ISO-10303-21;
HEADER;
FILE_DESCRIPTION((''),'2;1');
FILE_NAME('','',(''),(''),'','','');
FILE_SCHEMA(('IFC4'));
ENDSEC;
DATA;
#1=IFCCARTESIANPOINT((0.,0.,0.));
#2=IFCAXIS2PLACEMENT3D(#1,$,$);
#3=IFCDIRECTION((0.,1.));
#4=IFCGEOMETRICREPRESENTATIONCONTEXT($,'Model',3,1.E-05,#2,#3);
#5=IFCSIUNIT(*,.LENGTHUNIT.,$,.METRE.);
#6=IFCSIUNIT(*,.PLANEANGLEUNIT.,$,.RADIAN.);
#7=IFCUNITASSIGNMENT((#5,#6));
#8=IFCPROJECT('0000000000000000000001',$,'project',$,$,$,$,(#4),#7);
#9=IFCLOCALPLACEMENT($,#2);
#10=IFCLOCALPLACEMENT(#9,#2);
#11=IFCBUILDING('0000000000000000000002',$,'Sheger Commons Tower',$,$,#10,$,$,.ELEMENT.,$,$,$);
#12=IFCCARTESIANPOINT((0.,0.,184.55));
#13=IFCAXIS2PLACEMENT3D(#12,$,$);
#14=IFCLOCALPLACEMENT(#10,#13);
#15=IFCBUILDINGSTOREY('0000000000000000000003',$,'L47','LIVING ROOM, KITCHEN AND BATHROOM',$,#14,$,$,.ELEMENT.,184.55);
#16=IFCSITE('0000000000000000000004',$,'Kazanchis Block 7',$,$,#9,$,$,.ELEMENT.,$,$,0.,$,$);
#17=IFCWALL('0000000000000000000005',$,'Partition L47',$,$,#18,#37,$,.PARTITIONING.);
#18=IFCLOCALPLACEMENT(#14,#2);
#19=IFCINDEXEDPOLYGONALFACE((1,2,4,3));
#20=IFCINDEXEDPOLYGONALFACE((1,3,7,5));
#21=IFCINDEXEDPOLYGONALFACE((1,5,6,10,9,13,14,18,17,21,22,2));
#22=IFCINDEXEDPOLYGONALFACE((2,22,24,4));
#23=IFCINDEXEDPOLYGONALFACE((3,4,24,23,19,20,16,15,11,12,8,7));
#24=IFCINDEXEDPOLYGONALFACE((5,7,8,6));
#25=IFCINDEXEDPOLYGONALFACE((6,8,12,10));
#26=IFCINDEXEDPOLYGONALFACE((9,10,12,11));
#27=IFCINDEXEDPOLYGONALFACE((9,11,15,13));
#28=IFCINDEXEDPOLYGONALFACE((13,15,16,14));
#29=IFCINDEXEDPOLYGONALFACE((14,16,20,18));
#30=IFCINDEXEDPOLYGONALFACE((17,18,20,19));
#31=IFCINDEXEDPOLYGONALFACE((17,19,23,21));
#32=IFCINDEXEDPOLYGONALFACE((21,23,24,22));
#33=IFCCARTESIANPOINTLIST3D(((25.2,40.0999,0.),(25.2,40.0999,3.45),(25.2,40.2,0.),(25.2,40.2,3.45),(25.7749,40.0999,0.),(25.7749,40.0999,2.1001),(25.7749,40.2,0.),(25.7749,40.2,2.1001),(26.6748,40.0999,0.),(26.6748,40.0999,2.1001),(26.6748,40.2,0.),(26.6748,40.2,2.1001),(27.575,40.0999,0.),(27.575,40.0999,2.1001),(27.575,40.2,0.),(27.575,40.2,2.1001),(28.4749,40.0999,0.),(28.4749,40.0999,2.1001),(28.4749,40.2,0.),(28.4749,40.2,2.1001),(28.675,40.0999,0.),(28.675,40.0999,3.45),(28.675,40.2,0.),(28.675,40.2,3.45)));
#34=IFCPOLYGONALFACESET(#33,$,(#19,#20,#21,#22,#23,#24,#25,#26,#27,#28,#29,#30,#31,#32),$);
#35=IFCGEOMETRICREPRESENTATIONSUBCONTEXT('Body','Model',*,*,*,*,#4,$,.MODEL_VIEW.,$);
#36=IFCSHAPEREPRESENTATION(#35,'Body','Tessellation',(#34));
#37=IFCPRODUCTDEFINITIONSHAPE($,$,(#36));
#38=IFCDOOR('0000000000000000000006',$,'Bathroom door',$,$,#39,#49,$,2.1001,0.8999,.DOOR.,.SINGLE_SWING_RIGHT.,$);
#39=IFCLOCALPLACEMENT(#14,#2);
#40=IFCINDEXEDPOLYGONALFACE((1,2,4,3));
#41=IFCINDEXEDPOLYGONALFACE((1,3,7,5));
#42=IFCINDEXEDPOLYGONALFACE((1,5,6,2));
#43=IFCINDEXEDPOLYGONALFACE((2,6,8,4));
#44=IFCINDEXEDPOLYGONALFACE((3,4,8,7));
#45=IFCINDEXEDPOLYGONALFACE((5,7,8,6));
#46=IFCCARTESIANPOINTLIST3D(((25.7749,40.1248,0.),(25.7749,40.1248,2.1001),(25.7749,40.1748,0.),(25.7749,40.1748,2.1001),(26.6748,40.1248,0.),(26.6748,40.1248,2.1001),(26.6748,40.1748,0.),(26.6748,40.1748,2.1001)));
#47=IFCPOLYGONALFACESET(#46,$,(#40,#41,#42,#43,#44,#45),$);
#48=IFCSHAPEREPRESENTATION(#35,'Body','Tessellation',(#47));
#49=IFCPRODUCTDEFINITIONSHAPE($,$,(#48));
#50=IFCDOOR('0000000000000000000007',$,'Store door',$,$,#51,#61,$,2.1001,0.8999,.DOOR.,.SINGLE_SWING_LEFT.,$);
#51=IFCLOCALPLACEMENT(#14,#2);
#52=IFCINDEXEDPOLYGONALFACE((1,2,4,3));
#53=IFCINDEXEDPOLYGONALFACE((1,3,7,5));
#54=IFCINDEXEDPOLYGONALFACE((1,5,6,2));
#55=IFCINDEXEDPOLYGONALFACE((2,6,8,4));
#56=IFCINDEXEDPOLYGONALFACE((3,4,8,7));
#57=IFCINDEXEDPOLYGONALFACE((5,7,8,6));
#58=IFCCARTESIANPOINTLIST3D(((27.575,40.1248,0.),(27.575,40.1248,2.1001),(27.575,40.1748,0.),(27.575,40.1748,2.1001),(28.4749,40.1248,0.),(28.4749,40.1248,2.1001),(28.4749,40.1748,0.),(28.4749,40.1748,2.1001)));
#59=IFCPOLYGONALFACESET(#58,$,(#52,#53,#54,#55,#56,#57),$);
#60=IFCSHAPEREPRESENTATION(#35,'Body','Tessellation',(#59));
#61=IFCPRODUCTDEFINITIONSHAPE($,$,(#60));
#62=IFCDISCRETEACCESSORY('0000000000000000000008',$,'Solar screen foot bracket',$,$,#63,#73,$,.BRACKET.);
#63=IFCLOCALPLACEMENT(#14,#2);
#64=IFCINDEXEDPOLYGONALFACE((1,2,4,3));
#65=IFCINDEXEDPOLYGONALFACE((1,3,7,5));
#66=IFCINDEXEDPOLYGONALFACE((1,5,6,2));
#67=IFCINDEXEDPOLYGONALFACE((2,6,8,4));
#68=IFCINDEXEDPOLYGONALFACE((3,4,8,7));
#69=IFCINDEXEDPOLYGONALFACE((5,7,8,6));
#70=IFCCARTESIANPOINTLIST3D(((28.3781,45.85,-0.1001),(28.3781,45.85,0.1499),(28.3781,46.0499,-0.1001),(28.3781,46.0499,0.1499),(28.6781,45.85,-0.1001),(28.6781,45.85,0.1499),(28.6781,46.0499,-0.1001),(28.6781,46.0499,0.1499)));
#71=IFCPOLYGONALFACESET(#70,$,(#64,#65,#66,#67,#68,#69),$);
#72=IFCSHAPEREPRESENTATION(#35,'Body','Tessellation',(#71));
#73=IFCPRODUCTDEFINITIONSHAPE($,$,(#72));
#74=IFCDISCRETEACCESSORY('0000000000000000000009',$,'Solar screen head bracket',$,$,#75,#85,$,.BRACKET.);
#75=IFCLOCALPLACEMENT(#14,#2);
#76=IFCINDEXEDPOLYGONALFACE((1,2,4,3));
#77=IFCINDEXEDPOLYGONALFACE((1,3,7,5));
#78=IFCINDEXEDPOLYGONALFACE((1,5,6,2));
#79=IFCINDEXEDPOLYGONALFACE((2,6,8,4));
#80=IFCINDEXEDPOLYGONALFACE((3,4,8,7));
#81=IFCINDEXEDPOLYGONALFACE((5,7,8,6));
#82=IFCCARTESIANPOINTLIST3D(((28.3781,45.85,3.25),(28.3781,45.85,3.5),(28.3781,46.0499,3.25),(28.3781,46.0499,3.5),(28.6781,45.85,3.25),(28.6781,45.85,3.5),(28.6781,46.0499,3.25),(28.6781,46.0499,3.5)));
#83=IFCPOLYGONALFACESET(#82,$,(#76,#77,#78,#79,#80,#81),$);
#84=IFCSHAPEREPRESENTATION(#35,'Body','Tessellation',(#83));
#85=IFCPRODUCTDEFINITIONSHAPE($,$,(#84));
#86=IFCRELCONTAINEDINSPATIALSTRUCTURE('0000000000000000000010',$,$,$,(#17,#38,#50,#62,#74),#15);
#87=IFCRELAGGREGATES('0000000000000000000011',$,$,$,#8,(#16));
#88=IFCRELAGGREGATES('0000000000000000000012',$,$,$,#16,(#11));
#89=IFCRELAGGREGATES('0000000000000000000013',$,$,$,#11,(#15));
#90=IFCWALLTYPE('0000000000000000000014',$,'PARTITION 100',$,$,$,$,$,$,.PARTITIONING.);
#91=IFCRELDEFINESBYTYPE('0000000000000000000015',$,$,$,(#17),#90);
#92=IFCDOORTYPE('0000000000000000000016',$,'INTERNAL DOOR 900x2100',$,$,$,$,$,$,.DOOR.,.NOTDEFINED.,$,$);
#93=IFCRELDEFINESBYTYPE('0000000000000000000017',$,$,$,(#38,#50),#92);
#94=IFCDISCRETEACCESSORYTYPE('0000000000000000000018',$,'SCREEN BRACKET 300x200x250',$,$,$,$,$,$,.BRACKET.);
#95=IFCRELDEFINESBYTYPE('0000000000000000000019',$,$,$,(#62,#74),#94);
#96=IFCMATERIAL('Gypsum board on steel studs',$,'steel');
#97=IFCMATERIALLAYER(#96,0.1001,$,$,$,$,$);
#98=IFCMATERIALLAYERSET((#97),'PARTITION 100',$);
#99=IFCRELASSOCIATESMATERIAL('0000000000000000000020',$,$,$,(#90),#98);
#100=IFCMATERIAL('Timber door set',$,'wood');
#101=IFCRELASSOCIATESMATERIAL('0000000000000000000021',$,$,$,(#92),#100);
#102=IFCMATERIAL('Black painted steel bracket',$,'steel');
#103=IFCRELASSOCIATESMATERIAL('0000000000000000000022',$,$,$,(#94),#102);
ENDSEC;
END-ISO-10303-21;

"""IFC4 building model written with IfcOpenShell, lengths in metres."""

from ifc_helpers import new_model, si_unit, direction, frame, frame_2d, origin, origin_2d, place, context, subcontext, project, spatial, rectangle, extrude, material, layer, layer_set, type_object, element, fill, save


model = new_model("IFC4")

# Units and contexts
model_context = context("Model", 3, precision=1e-05, world=origin(), true_north=direction((0.0, 1.0)))
body_context = subcontext(model_context, "Body", "Model", "MODEL_VIEW")
ifc_project = project(units=[si_unit("LENGTHUNIT", "METRE"), si_unit("PLANEANGLEUNIT", "RADIAN")], contexts=[model_context])

# Site, building, storey
site_placement = place(None, origin())
site = spatial("IfcSite", under=ifc_project, at=site_placement, Name="Kazanchis Block 7", CompositionType="ELEMENT", RefElevation=0.0)
building_placement = place(site_placement, origin())
building = spatial("IfcBuilding", under=site, at=building_placement, Name="Sheger Commons Tower", CompositionType="ELEMENT")
storey_placement = place(building_placement, frame((0.0, 0.0, 184.55)))
storey = spatial("IfcBuildingStorey", under=building, at=storey_placement, Name="L47", Description="LIVING ROOM, KITCHEN AND BATHROOM", CompositionType="ELEMENT", Elevation=184.55)

# Wall, openings, doors
ifc_material_1 = material(Name="Gypsum board on steel studs", Category="steel")
ifc_layer_1 = layer(ifc_material_1, 0.1001)
ifc_layer_set_1 = layer_set([ifc_layer_1], Name="PARTITION 100")
wall_type_1 = type_object("IfcWallType", Name="PARTITION 100", PredefinedType="PARTITIONING", material=ifc_layer_set_1)
wall_1_placement = place(storey_placement, frame((25.2, 40.1499, 0.0), z_axis=(0.0, 0.0, 1.0), x_axis=(1.0, 0.0, 0.0)))
wall_1 = element("IfcWall", 1, at=wall_1_placement, inside=storey, type_object=wall_type_1, Name="Partition L47", PredefinedType="PARTITIONING", context=body_context, shape_type="SweptSolid", body=[
    extrude(rectangle(XDim=3.4751, YDim=0.1001, at=frame_2d((1.7375, 0.0))), origin(), (0.0, 0.0, 1.0), 3.45),
])
opening_1_placement = place(wall_1_placement, frame((0.575, 0.0, 0.0)))
opening_1 = element("IfcOpeningElement", 2, at=opening_1_placement, cuts=wall_1, PredefinedType="OPENING", context=body_context, shape_type="SweptSolid", body=[
    extrude(rectangle(XDim=0.8999, YDim=2.1001, at=frame_2d((0.45, 1.05))), frame((0.0, 0.0601, 0.0), z_axis=(0.0, -1.0, 0.0), x_axis=(1.0, 0.0, 0.0)), (0.0, 0.0, 1.0), 0.1201),
])
opening_2_placement = place(wall_1_placement, frame((2.375, 0.0, 0.0)))
opening_2 = element("IfcOpeningElement", 3, at=opening_2_placement, cuts=wall_1, PredefinedType="OPENING", context=body_context, shape_type="SweptSolid", body=[
    extrude(rectangle(XDim=0.8999, YDim=2.1001, at=frame_2d((0.45, 1.05))), frame((0.0, 0.0601, 0.0), z_axis=(0.0, -1.0, 0.0), x_axis=(1.0, 0.0, 0.0)), (0.0, 0.0, 1.0), 0.1201),
])
ifc_material_2 = material(Name="Timber door set", Category="wood")
door_type = type_object("IfcDoorType", Name="INTERNAL DOOR 900x2100", OperationType="NOTDEFINED", PredefinedType="DOOR", material=ifc_material_2)
door_1_placement = place(opening_1_placement, origin())
door_1 = element("IfcDoor", 4, at=door_1_placement, inside=storey, type_object=door_type, Name="Bathroom door", OperationType="SINGLE_SWING_RIGHT", OverallHeight=2.1001, OverallWidth=0.8999, PredefinedType="DOOR", context=body_context, shape_type="SweptSolid", body=[
    extrude(rectangle(XDim=0.8999, YDim=2.1001, at=frame_2d((0.45, 1.05))), frame((0.0, 0.0249, 0.0), z_axis=(0.0, -1.0, 0.0), x_axis=(1.0, 0.0, 0.0)), (0.0, 0.0, 1.0), 0.05),
])
fill(opening_1, door_1)
door_2_placement = place(opening_2_placement, origin())
door_2 = element("IfcDoor", 5, at=door_2_placement, inside=storey, type_object=door_type, Name="Store door", OperationType="SINGLE_SWING_LEFT", OverallHeight=2.1001, OverallWidth=0.8999, PredefinedType="DOOR", context=body_context, shape_type="SweptSolid", body=[
    extrude(rectangle(XDim=0.8999, YDim=2.1001, at=frame_2d((0.45, 1.05))), frame((0.0, 0.0249, 0.0), z_axis=(0.0, -1.0, 0.0), x_axis=(1.0, 0.0, 0.0)), (0.0, 0.0, 1.0), 0.05),
])
fill(opening_2, door_2)

# Discrete accessories
ifc_material_3 = material(Name="Black painted steel bracket", Category="steel")
discrete_accessory_type = type_object("IfcDiscreteAccessoryType", Name="SCREEN BRACKET 300x200x250", PredefinedType="BRACKET", material=ifc_material_3)
for number, where, z_axis, x_axis, name in (
    (6, (28.5281, 45.95, -0.1001), (0.0, 0.0, 1.0), (-1.0, 0.0, 0.0), "Solar screen foot bracket"),
    (7, (28.5281, 45.95, 3.25), (0.0, 0.0, 1.0), (-1.0, 0.0, 0.0), "Solar screen head bracket"),
):
    element("IfcDiscreteAccessory", number, at=place(storey_placement, frame(where, z_axis=z_axis, x_axis=x_axis)), inside=storey, type_object=discrete_accessory_type, Name=name, PredefinedType="BRACKET", context=body_context, shape_type="SweptSolid", body=[
        extrude(rectangle(XDim=0.3, YDim=0.2, at=origin_2d()), origin(), (0.0, 0.0, 1.0), 0.25),
    ])

save(model, "model.ifc")
